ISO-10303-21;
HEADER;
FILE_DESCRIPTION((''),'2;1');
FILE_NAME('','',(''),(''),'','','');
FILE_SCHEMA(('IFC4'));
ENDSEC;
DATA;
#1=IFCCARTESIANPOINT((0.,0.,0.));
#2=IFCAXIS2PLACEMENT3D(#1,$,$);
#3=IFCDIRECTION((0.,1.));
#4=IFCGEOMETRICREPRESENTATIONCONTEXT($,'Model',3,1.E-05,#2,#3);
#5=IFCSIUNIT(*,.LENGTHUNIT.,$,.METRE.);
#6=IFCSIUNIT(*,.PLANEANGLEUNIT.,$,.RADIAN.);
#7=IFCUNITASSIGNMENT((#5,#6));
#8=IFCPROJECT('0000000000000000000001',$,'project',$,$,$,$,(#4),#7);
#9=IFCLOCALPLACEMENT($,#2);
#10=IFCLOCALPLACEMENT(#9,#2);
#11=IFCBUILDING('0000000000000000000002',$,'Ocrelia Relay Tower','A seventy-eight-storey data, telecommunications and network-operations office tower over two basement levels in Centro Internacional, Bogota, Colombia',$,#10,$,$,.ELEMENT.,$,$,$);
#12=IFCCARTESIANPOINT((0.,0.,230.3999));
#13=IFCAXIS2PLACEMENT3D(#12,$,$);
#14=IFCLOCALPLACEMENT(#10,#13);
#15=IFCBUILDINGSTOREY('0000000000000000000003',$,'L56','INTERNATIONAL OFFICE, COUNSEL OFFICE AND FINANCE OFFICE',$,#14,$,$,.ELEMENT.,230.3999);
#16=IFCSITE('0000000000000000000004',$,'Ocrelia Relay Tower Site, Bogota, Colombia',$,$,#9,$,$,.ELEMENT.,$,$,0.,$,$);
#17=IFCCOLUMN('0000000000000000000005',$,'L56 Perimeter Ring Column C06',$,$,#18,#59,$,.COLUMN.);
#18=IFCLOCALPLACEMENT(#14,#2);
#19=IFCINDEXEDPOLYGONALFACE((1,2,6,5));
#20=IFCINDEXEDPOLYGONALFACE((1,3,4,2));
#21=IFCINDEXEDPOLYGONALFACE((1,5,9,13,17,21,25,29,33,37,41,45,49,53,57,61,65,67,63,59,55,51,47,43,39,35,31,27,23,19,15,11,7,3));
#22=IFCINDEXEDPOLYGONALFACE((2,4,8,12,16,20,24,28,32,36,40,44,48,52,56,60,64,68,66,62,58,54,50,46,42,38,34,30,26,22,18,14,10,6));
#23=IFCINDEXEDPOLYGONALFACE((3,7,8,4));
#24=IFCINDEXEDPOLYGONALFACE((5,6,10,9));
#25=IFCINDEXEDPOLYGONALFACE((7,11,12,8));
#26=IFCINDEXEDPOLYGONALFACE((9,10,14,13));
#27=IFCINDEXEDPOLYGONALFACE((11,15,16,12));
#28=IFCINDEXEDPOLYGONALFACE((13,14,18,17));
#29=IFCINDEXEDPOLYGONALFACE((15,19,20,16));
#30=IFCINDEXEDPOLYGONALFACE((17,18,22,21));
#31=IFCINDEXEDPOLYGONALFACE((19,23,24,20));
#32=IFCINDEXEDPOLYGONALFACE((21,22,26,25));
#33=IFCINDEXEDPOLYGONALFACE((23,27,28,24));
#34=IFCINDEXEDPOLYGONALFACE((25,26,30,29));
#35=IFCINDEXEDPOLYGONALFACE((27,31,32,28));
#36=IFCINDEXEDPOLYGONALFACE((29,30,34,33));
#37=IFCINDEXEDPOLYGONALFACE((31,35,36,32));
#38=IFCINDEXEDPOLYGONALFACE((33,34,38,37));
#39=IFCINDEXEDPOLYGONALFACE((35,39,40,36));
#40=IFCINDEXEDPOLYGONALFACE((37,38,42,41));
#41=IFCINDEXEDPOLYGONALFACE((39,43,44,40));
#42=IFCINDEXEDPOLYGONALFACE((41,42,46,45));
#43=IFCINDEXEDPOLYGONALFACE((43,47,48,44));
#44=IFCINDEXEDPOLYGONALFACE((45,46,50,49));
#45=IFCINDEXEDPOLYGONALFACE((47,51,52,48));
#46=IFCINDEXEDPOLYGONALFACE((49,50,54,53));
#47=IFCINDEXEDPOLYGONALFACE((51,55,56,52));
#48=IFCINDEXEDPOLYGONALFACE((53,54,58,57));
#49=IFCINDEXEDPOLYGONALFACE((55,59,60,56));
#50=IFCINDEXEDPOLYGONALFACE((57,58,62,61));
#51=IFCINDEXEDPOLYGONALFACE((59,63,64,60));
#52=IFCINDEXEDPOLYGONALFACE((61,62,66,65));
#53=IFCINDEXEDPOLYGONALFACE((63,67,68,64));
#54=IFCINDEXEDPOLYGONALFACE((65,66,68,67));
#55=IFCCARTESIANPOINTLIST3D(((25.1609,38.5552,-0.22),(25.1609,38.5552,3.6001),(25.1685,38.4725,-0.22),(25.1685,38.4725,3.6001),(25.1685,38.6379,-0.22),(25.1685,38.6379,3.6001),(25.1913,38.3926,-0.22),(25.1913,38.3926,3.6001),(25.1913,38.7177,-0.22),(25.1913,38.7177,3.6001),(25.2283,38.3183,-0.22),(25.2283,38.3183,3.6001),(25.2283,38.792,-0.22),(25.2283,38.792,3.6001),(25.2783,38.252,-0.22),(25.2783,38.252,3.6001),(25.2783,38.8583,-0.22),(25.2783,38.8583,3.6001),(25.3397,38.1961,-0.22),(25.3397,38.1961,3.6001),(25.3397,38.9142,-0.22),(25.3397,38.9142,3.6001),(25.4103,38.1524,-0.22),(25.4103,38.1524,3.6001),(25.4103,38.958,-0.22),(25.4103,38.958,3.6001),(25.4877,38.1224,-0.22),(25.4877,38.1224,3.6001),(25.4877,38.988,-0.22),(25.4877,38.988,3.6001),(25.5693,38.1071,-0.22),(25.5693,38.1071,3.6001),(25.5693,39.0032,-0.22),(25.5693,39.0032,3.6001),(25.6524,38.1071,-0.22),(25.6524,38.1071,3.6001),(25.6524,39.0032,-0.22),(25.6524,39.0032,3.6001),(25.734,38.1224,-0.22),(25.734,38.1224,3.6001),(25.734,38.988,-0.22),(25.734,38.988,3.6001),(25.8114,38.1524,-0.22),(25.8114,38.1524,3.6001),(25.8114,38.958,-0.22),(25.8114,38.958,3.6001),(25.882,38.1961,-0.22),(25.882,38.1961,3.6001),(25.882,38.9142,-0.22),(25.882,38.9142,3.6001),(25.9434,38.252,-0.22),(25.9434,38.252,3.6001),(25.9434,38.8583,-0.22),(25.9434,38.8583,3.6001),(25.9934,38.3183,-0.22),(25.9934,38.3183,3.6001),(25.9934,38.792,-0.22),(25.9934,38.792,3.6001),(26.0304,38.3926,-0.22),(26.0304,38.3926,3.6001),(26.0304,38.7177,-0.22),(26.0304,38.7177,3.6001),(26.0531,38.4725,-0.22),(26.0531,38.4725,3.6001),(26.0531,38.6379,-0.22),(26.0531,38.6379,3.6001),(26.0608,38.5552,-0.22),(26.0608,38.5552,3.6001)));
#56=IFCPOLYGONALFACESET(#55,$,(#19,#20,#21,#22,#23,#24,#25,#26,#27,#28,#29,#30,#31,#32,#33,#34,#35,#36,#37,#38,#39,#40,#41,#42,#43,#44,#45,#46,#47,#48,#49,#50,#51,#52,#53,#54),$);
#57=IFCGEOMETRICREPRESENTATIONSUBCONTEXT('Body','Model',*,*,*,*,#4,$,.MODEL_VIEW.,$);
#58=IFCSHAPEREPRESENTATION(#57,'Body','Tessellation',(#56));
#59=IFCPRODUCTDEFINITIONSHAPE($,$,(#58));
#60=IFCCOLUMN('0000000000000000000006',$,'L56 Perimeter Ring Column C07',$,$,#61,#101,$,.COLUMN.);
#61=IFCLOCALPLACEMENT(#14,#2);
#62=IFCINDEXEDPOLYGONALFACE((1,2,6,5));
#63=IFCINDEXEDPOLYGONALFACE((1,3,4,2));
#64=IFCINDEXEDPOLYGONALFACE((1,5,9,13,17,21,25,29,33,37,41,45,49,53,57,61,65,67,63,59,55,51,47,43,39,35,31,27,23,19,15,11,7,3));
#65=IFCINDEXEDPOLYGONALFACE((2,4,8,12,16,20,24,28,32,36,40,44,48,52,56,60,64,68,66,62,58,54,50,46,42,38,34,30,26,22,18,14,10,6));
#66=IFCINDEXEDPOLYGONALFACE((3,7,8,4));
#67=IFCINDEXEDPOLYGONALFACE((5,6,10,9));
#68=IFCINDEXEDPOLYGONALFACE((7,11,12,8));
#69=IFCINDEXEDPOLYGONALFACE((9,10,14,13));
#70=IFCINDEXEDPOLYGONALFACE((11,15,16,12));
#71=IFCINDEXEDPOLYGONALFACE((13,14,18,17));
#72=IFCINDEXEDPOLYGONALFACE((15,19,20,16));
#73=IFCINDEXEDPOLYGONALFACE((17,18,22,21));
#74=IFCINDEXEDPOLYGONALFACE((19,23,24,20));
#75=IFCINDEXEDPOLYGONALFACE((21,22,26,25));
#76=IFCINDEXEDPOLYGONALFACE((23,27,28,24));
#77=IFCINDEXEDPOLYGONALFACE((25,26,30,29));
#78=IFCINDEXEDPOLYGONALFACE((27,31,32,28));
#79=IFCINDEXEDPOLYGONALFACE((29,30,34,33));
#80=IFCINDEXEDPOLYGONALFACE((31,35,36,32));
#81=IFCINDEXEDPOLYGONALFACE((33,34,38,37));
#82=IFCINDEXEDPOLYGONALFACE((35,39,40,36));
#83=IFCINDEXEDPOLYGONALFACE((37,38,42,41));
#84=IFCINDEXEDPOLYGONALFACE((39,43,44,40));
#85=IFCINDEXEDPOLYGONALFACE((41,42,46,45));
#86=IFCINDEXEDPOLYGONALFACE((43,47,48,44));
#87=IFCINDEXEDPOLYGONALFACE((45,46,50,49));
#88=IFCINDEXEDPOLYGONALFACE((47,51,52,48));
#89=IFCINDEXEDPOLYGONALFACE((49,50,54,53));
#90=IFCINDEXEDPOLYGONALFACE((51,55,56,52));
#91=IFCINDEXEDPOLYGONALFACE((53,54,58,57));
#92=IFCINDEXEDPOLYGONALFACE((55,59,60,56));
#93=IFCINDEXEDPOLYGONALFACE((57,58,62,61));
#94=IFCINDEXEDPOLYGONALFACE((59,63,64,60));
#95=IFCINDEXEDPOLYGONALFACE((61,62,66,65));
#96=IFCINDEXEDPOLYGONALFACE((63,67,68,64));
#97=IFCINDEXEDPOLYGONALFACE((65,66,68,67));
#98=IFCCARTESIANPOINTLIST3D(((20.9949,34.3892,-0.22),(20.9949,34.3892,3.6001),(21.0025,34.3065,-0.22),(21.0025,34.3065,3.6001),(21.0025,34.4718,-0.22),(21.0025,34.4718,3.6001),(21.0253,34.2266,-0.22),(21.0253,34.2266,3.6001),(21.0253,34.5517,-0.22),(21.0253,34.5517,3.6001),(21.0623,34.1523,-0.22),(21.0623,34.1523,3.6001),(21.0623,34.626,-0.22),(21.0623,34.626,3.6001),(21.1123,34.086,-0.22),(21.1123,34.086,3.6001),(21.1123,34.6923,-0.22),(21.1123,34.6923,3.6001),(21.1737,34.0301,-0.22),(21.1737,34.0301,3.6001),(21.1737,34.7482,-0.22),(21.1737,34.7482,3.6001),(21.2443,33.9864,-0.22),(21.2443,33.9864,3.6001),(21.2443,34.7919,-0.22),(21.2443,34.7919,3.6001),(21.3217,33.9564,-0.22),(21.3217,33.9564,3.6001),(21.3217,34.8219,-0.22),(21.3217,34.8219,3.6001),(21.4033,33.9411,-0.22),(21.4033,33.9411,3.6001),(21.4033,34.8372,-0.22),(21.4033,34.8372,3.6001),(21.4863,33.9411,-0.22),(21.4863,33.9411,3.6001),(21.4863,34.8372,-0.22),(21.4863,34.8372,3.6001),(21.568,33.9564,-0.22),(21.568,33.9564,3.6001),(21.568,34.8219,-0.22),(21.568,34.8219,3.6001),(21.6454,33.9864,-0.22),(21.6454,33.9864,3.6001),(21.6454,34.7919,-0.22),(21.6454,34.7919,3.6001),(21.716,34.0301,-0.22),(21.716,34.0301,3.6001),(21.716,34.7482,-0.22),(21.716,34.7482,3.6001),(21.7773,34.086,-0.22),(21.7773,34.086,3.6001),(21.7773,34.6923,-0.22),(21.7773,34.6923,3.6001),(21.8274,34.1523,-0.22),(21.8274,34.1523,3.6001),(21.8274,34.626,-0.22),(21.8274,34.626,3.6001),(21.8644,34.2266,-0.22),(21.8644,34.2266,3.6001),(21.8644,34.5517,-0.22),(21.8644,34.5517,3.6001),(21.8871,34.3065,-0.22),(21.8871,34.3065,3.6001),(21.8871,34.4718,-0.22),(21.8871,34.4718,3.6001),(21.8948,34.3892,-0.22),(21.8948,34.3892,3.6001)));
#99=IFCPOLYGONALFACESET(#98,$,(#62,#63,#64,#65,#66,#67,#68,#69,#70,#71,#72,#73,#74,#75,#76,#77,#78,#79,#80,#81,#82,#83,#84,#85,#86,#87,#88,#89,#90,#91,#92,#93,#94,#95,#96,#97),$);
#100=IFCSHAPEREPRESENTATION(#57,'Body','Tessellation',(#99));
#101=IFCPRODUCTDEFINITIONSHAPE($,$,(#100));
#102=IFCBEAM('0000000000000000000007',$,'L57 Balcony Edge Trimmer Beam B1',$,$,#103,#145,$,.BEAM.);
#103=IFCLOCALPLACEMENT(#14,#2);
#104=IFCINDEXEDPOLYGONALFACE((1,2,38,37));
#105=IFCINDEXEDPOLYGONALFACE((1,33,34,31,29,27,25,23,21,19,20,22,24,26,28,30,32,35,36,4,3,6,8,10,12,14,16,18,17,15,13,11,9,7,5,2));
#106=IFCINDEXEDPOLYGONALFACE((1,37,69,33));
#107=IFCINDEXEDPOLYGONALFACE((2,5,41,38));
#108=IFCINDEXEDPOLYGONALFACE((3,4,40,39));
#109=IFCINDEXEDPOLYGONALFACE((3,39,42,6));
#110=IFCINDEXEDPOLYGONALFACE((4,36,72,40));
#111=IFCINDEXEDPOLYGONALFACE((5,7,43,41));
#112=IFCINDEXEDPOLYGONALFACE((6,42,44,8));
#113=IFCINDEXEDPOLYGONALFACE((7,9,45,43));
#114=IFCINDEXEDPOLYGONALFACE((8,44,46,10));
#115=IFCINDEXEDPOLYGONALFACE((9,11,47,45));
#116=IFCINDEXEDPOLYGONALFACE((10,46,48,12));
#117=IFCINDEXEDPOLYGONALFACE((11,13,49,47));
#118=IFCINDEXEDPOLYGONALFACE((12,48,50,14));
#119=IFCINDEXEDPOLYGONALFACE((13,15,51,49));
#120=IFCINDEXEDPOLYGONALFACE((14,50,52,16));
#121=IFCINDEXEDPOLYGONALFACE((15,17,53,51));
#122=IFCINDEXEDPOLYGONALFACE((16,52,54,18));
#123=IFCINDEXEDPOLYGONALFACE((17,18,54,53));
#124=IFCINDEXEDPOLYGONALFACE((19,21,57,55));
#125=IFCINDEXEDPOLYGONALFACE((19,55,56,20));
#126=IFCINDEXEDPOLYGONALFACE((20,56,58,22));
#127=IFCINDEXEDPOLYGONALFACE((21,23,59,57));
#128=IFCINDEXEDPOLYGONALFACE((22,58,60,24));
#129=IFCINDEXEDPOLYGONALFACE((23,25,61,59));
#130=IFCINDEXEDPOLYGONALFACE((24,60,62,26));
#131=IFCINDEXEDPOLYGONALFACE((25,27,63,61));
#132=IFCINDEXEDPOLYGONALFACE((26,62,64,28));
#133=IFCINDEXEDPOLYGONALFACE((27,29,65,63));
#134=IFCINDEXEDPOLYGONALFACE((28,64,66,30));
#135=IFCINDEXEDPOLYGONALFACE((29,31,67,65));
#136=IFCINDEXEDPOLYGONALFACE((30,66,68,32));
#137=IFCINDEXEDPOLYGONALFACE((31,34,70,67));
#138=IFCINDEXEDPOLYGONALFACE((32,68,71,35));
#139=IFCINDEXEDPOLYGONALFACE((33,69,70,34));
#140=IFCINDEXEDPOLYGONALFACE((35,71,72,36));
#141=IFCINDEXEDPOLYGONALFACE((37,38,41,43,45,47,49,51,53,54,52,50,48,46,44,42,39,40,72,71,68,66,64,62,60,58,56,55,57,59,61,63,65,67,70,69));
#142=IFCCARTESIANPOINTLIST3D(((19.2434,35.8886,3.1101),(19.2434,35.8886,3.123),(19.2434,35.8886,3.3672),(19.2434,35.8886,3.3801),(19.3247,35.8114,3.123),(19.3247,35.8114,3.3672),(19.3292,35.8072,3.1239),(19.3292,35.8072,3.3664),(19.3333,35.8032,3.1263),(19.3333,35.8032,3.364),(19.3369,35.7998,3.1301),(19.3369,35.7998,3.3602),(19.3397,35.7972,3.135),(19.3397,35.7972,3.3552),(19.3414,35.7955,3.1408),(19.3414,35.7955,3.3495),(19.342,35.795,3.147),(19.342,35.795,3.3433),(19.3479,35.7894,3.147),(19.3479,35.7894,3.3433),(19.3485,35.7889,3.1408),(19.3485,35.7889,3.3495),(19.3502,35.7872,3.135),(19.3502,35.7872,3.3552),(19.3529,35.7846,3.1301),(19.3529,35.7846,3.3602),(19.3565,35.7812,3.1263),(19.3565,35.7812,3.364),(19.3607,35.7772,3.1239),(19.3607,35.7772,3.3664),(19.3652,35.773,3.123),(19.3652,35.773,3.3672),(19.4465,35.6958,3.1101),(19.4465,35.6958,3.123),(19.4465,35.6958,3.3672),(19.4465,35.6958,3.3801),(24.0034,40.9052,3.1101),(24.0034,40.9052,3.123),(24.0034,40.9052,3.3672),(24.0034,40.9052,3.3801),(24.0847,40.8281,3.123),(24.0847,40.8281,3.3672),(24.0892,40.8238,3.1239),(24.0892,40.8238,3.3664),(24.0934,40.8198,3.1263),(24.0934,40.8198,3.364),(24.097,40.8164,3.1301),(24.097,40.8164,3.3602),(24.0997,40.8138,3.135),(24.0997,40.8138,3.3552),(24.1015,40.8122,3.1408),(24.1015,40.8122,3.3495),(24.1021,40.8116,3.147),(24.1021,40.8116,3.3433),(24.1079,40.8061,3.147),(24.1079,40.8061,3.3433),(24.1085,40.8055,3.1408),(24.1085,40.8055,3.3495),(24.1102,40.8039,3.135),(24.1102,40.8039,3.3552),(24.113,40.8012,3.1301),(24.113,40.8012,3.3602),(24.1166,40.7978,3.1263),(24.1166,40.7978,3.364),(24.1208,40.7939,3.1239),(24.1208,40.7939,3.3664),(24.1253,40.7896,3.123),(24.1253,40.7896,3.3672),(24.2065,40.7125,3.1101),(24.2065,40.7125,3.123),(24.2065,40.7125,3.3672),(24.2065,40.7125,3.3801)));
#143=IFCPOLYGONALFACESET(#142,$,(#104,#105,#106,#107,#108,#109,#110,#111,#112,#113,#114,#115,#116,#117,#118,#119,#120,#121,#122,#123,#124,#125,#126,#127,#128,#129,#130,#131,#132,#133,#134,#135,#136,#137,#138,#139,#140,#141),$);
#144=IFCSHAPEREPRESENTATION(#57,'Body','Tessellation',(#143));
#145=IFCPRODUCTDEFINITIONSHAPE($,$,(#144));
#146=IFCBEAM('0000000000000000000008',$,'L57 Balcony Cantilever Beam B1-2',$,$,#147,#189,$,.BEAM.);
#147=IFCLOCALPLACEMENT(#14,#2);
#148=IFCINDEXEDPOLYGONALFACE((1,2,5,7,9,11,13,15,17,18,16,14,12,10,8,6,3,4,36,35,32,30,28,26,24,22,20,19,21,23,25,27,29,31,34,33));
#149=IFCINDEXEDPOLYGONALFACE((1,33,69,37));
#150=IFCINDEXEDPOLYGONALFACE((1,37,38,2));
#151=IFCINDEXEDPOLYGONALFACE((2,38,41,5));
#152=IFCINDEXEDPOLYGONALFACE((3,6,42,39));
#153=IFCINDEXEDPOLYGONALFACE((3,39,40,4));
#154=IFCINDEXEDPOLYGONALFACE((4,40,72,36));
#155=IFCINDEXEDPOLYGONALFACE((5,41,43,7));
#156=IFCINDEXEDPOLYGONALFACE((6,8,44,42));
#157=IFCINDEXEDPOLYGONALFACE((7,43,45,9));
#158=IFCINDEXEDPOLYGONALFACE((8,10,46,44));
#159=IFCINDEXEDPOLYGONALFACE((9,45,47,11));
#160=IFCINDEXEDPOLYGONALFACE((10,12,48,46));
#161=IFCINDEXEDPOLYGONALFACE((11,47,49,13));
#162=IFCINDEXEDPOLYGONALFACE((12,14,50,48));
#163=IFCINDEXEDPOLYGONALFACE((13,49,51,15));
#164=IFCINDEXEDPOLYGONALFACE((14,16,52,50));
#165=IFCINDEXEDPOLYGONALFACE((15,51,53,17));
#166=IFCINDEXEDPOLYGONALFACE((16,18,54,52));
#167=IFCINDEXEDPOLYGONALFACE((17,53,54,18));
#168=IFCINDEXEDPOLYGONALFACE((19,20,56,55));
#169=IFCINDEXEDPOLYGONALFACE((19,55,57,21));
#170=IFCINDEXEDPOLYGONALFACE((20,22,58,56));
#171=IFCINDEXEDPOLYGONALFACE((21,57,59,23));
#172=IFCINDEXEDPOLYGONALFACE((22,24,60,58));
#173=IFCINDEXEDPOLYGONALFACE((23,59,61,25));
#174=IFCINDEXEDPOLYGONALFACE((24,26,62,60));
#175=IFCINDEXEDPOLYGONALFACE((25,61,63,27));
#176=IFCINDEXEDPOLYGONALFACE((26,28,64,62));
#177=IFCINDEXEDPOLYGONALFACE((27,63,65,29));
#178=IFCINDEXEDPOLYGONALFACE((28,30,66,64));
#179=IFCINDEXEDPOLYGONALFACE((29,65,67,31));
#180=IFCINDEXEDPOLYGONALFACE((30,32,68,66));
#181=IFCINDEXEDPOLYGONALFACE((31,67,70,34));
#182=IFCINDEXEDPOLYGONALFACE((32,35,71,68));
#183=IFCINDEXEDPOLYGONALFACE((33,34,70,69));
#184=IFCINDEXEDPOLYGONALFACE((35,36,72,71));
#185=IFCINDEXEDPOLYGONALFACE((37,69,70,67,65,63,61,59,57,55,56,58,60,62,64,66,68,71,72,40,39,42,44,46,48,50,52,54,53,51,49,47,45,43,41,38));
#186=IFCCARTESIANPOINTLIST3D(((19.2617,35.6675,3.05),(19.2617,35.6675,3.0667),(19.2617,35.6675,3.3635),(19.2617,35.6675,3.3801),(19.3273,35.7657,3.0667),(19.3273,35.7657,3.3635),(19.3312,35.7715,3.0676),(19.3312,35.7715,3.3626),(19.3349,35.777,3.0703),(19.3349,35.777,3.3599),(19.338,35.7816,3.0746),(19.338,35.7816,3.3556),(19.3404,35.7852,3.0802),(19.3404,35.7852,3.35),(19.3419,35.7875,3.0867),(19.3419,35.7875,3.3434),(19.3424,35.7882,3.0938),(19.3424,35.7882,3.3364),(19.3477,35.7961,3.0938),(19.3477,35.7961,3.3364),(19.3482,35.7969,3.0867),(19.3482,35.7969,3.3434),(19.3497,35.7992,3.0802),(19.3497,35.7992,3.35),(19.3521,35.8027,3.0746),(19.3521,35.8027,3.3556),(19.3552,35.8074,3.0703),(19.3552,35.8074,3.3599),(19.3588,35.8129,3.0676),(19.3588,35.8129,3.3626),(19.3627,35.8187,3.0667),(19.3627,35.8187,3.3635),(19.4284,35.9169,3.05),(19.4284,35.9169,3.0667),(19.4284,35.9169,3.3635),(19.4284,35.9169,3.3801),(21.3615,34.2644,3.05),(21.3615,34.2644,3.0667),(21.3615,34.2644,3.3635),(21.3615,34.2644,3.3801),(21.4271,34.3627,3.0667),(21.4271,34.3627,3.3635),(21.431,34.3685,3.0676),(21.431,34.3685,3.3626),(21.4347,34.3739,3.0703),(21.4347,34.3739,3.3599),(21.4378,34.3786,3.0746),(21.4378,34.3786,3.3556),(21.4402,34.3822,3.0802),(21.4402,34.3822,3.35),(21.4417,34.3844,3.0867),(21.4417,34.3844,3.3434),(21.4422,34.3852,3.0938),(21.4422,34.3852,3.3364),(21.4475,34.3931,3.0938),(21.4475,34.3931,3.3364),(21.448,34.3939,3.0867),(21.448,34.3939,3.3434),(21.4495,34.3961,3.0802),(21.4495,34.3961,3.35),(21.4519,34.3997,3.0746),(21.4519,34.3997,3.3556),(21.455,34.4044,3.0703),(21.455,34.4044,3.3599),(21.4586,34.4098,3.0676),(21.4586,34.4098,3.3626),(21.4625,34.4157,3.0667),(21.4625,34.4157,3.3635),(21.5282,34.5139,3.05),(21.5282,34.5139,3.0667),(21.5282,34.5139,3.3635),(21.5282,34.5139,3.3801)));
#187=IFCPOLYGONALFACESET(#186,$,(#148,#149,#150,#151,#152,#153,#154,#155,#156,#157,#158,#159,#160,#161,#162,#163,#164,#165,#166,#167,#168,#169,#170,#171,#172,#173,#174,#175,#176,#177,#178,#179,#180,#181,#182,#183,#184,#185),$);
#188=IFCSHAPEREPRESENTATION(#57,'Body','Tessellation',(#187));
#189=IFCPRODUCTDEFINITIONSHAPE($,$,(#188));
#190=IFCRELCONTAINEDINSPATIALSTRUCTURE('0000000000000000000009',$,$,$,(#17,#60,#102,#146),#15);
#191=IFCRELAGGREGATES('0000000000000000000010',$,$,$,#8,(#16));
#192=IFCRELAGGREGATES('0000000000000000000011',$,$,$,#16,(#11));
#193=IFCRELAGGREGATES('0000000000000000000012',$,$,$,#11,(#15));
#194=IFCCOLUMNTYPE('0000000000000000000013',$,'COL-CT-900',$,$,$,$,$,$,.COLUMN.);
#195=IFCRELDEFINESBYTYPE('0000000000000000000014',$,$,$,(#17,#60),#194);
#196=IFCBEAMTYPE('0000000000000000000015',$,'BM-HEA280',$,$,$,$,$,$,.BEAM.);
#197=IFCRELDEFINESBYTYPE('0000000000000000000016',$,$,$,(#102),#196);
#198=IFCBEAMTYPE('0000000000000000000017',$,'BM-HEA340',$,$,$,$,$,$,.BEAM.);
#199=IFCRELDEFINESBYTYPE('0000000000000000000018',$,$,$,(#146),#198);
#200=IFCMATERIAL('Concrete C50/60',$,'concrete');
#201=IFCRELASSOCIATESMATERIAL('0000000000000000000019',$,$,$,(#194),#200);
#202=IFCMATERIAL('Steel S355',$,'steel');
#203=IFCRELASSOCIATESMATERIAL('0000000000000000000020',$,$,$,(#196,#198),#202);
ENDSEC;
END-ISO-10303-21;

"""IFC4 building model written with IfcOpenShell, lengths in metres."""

from ifc_helpers import new_model, si_unit, direction, frame, origin, origin_2d, place, context, subcontext, project, spatial, circle, i_section, extrude, material, material_profile, profile_set, type_object, element, save


model = new_model("IFC4")

# Units and contexts
model_context = context("Model", 3, precision=1e-05, world=origin(), true_north=direction((0.0, 1.0)))
body_context = subcontext(model_context, "Body", "Model", "MODEL_VIEW")
ifc_project = project(units=[si_unit("LENGTHUNIT", "METRE"), si_unit("PLANEANGLEUNIT", "RADIAN")], contexts=[model_context])

# Site, building, storey
site_placement = place(None, origin())
site = spatial("IfcSite", under=ifc_project, at=site_placement, Name="Ocrelia Relay Tower Site, Bogota, Colombia", CompositionType="ELEMENT", RefElevation=0.0)
building_placement = place(site_placement, origin())
building = spatial("IfcBuilding", under=site, at=building_placement, Name="Ocrelia Relay Tower", Description="A seventy-eight-storey data, telecommunications and network-operations office tower over two basement levels in Centro Internacional, Bogota, Colombia", CompositionType="ELEMENT")
storey_placement = place(building_placement, frame((0.0, 0.0, 230.3999)))
storey = spatial("IfcBuildingStorey", under=building, at=storey_placement, Name="L56", Description="INTERNATIONAL OFFICE, COUNSEL OFFICE AND FINANCE OFFICE", CompositionType="ELEMENT", Elevation=230.3999)

# Columns
ifc_material_1 = material(Name="Concrete C50/60", Category="concrete")
ifc_material_profile_1 = material_profile(ifc_material_1, circle(Radius=0.45, at=origin_2d()), Name="RC-CIR-900")
ifc_profile_set_1 = profile_set([ifc_material_profile_1], Name="Concrete C50/60")
column_type = type_object("IfcColumnType", Name="COL-CT-900", PredefinedType="COLUMN", material=ifc_profile_set_1)
for number, where, z_axis, x_axis, name in (
    (1, (25.6108, 38.5552, -0.22), (0.0, 0.0, 1.0), (1.0, 0.0, 0.0), "L56 Perimeter Ring Column C06"),
    (2, (21.4448, 34.3892, -0.22), (0.0, 0.0, 1.0), (1.0, 0.0, 0.0), "L56 Perimeter Ring Column C07"),
):
    element("IfcColumn", number, at=place(storey_placement, frame(where, z_axis=z_axis, x_axis=x_axis)), inside=storey, type_object=column_type, Name=name, PredefinedType="COLUMN", context=body_context, shape_type="SweptSolid", body=[
        extrude(circle(Radius=0.45, at=origin_2d()), origin(), (0.0, 0.0, 1.0), 3.8201),
    ])

# Beams
ifc_material_2 = material(Name="Steel S355", Category="steel")
ifc_material_profile_2 = material_profile(ifc_material_2, i_section(OverallWidth=0.28, OverallDepth=0.27, WebThickness=0.0081, FlangeThickness=0.0129, FilletRadius=0.0239, at=origin_2d()), Name="HEA 280")
ifc_profile_set_2 = profile_set([ifc_material_profile_2], Name="Steel S355")
beam_type_1 = type_object("IfcBeamType", Name="BM-HEA280", PredefinedType="BEAM", material=ifc_profile_set_2)
beam_1_placement = place(storey_placement, frame((24.105, 40.8088, 3.2451), z_axis=(-0.688311, -0.725415, 0.0), x_axis=(0.725415, -0.688311, 0.0)))
element("IfcBeam", 3, at=beam_1_placement, inside=storey, type_object=beam_type_1, Name="L57 Balcony Edge Trimmer Beam B1", PredefinedType="BEAM", context=body_context, shape_type="SweptSolid", body=[
    extrude(i_section(OverallWidth=0.28, OverallDepth=0.27, WebThickness=0.0081, FlangeThickness=0.0129, FilletRadius=0.0239, at=origin_2d()), origin(), (0.0, 0.0, 1.0), 6.9155),
])
ifc_material_profile_3 = material_profile(ifc_material_2, i_section(OverallWidth=0.3, OverallDepth=0.3301, WebThickness=0.0095, FlangeThickness=0.0166, FilletRadius=0.0271, at=origin_2d()), Name="HEA 340")
ifc_profile_set_3 = profile_set([ifc_material_profile_3], Name="Steel S355")
beam_type_2 = type_object("IfcBeamType", Name="BM-HEA340", PredefinedType="BEAM", material=ifc_profile_set_3)
beam_2_placement = place(storey_placement, frame((21.4448, 34.3892, 3.2151), z_axis=(-0.83147, 0.55557, 0.0), x_axis=(-0.55557, -0.83147, 0.0)))
element("IfcBeam", 4, at=beam_2_placement, inside=storey, type_object=beam_type_2, Name="L57 Balcony Cantilever Beam B1-2", PredefinedType="BEAM", context=body_context, shape_type="SweptSolid", body=[
    extrude(i_section(OverallWidth=0.3, OverallDepth=0.3301, WebThickness=0.0095, FlangeThickness=0.0166, FilletRadius=0.0271, at=origin_2d()), origin(), (0.0, 0.0, 1.0), 2.5254),
])

save(model, "model.ifc")
